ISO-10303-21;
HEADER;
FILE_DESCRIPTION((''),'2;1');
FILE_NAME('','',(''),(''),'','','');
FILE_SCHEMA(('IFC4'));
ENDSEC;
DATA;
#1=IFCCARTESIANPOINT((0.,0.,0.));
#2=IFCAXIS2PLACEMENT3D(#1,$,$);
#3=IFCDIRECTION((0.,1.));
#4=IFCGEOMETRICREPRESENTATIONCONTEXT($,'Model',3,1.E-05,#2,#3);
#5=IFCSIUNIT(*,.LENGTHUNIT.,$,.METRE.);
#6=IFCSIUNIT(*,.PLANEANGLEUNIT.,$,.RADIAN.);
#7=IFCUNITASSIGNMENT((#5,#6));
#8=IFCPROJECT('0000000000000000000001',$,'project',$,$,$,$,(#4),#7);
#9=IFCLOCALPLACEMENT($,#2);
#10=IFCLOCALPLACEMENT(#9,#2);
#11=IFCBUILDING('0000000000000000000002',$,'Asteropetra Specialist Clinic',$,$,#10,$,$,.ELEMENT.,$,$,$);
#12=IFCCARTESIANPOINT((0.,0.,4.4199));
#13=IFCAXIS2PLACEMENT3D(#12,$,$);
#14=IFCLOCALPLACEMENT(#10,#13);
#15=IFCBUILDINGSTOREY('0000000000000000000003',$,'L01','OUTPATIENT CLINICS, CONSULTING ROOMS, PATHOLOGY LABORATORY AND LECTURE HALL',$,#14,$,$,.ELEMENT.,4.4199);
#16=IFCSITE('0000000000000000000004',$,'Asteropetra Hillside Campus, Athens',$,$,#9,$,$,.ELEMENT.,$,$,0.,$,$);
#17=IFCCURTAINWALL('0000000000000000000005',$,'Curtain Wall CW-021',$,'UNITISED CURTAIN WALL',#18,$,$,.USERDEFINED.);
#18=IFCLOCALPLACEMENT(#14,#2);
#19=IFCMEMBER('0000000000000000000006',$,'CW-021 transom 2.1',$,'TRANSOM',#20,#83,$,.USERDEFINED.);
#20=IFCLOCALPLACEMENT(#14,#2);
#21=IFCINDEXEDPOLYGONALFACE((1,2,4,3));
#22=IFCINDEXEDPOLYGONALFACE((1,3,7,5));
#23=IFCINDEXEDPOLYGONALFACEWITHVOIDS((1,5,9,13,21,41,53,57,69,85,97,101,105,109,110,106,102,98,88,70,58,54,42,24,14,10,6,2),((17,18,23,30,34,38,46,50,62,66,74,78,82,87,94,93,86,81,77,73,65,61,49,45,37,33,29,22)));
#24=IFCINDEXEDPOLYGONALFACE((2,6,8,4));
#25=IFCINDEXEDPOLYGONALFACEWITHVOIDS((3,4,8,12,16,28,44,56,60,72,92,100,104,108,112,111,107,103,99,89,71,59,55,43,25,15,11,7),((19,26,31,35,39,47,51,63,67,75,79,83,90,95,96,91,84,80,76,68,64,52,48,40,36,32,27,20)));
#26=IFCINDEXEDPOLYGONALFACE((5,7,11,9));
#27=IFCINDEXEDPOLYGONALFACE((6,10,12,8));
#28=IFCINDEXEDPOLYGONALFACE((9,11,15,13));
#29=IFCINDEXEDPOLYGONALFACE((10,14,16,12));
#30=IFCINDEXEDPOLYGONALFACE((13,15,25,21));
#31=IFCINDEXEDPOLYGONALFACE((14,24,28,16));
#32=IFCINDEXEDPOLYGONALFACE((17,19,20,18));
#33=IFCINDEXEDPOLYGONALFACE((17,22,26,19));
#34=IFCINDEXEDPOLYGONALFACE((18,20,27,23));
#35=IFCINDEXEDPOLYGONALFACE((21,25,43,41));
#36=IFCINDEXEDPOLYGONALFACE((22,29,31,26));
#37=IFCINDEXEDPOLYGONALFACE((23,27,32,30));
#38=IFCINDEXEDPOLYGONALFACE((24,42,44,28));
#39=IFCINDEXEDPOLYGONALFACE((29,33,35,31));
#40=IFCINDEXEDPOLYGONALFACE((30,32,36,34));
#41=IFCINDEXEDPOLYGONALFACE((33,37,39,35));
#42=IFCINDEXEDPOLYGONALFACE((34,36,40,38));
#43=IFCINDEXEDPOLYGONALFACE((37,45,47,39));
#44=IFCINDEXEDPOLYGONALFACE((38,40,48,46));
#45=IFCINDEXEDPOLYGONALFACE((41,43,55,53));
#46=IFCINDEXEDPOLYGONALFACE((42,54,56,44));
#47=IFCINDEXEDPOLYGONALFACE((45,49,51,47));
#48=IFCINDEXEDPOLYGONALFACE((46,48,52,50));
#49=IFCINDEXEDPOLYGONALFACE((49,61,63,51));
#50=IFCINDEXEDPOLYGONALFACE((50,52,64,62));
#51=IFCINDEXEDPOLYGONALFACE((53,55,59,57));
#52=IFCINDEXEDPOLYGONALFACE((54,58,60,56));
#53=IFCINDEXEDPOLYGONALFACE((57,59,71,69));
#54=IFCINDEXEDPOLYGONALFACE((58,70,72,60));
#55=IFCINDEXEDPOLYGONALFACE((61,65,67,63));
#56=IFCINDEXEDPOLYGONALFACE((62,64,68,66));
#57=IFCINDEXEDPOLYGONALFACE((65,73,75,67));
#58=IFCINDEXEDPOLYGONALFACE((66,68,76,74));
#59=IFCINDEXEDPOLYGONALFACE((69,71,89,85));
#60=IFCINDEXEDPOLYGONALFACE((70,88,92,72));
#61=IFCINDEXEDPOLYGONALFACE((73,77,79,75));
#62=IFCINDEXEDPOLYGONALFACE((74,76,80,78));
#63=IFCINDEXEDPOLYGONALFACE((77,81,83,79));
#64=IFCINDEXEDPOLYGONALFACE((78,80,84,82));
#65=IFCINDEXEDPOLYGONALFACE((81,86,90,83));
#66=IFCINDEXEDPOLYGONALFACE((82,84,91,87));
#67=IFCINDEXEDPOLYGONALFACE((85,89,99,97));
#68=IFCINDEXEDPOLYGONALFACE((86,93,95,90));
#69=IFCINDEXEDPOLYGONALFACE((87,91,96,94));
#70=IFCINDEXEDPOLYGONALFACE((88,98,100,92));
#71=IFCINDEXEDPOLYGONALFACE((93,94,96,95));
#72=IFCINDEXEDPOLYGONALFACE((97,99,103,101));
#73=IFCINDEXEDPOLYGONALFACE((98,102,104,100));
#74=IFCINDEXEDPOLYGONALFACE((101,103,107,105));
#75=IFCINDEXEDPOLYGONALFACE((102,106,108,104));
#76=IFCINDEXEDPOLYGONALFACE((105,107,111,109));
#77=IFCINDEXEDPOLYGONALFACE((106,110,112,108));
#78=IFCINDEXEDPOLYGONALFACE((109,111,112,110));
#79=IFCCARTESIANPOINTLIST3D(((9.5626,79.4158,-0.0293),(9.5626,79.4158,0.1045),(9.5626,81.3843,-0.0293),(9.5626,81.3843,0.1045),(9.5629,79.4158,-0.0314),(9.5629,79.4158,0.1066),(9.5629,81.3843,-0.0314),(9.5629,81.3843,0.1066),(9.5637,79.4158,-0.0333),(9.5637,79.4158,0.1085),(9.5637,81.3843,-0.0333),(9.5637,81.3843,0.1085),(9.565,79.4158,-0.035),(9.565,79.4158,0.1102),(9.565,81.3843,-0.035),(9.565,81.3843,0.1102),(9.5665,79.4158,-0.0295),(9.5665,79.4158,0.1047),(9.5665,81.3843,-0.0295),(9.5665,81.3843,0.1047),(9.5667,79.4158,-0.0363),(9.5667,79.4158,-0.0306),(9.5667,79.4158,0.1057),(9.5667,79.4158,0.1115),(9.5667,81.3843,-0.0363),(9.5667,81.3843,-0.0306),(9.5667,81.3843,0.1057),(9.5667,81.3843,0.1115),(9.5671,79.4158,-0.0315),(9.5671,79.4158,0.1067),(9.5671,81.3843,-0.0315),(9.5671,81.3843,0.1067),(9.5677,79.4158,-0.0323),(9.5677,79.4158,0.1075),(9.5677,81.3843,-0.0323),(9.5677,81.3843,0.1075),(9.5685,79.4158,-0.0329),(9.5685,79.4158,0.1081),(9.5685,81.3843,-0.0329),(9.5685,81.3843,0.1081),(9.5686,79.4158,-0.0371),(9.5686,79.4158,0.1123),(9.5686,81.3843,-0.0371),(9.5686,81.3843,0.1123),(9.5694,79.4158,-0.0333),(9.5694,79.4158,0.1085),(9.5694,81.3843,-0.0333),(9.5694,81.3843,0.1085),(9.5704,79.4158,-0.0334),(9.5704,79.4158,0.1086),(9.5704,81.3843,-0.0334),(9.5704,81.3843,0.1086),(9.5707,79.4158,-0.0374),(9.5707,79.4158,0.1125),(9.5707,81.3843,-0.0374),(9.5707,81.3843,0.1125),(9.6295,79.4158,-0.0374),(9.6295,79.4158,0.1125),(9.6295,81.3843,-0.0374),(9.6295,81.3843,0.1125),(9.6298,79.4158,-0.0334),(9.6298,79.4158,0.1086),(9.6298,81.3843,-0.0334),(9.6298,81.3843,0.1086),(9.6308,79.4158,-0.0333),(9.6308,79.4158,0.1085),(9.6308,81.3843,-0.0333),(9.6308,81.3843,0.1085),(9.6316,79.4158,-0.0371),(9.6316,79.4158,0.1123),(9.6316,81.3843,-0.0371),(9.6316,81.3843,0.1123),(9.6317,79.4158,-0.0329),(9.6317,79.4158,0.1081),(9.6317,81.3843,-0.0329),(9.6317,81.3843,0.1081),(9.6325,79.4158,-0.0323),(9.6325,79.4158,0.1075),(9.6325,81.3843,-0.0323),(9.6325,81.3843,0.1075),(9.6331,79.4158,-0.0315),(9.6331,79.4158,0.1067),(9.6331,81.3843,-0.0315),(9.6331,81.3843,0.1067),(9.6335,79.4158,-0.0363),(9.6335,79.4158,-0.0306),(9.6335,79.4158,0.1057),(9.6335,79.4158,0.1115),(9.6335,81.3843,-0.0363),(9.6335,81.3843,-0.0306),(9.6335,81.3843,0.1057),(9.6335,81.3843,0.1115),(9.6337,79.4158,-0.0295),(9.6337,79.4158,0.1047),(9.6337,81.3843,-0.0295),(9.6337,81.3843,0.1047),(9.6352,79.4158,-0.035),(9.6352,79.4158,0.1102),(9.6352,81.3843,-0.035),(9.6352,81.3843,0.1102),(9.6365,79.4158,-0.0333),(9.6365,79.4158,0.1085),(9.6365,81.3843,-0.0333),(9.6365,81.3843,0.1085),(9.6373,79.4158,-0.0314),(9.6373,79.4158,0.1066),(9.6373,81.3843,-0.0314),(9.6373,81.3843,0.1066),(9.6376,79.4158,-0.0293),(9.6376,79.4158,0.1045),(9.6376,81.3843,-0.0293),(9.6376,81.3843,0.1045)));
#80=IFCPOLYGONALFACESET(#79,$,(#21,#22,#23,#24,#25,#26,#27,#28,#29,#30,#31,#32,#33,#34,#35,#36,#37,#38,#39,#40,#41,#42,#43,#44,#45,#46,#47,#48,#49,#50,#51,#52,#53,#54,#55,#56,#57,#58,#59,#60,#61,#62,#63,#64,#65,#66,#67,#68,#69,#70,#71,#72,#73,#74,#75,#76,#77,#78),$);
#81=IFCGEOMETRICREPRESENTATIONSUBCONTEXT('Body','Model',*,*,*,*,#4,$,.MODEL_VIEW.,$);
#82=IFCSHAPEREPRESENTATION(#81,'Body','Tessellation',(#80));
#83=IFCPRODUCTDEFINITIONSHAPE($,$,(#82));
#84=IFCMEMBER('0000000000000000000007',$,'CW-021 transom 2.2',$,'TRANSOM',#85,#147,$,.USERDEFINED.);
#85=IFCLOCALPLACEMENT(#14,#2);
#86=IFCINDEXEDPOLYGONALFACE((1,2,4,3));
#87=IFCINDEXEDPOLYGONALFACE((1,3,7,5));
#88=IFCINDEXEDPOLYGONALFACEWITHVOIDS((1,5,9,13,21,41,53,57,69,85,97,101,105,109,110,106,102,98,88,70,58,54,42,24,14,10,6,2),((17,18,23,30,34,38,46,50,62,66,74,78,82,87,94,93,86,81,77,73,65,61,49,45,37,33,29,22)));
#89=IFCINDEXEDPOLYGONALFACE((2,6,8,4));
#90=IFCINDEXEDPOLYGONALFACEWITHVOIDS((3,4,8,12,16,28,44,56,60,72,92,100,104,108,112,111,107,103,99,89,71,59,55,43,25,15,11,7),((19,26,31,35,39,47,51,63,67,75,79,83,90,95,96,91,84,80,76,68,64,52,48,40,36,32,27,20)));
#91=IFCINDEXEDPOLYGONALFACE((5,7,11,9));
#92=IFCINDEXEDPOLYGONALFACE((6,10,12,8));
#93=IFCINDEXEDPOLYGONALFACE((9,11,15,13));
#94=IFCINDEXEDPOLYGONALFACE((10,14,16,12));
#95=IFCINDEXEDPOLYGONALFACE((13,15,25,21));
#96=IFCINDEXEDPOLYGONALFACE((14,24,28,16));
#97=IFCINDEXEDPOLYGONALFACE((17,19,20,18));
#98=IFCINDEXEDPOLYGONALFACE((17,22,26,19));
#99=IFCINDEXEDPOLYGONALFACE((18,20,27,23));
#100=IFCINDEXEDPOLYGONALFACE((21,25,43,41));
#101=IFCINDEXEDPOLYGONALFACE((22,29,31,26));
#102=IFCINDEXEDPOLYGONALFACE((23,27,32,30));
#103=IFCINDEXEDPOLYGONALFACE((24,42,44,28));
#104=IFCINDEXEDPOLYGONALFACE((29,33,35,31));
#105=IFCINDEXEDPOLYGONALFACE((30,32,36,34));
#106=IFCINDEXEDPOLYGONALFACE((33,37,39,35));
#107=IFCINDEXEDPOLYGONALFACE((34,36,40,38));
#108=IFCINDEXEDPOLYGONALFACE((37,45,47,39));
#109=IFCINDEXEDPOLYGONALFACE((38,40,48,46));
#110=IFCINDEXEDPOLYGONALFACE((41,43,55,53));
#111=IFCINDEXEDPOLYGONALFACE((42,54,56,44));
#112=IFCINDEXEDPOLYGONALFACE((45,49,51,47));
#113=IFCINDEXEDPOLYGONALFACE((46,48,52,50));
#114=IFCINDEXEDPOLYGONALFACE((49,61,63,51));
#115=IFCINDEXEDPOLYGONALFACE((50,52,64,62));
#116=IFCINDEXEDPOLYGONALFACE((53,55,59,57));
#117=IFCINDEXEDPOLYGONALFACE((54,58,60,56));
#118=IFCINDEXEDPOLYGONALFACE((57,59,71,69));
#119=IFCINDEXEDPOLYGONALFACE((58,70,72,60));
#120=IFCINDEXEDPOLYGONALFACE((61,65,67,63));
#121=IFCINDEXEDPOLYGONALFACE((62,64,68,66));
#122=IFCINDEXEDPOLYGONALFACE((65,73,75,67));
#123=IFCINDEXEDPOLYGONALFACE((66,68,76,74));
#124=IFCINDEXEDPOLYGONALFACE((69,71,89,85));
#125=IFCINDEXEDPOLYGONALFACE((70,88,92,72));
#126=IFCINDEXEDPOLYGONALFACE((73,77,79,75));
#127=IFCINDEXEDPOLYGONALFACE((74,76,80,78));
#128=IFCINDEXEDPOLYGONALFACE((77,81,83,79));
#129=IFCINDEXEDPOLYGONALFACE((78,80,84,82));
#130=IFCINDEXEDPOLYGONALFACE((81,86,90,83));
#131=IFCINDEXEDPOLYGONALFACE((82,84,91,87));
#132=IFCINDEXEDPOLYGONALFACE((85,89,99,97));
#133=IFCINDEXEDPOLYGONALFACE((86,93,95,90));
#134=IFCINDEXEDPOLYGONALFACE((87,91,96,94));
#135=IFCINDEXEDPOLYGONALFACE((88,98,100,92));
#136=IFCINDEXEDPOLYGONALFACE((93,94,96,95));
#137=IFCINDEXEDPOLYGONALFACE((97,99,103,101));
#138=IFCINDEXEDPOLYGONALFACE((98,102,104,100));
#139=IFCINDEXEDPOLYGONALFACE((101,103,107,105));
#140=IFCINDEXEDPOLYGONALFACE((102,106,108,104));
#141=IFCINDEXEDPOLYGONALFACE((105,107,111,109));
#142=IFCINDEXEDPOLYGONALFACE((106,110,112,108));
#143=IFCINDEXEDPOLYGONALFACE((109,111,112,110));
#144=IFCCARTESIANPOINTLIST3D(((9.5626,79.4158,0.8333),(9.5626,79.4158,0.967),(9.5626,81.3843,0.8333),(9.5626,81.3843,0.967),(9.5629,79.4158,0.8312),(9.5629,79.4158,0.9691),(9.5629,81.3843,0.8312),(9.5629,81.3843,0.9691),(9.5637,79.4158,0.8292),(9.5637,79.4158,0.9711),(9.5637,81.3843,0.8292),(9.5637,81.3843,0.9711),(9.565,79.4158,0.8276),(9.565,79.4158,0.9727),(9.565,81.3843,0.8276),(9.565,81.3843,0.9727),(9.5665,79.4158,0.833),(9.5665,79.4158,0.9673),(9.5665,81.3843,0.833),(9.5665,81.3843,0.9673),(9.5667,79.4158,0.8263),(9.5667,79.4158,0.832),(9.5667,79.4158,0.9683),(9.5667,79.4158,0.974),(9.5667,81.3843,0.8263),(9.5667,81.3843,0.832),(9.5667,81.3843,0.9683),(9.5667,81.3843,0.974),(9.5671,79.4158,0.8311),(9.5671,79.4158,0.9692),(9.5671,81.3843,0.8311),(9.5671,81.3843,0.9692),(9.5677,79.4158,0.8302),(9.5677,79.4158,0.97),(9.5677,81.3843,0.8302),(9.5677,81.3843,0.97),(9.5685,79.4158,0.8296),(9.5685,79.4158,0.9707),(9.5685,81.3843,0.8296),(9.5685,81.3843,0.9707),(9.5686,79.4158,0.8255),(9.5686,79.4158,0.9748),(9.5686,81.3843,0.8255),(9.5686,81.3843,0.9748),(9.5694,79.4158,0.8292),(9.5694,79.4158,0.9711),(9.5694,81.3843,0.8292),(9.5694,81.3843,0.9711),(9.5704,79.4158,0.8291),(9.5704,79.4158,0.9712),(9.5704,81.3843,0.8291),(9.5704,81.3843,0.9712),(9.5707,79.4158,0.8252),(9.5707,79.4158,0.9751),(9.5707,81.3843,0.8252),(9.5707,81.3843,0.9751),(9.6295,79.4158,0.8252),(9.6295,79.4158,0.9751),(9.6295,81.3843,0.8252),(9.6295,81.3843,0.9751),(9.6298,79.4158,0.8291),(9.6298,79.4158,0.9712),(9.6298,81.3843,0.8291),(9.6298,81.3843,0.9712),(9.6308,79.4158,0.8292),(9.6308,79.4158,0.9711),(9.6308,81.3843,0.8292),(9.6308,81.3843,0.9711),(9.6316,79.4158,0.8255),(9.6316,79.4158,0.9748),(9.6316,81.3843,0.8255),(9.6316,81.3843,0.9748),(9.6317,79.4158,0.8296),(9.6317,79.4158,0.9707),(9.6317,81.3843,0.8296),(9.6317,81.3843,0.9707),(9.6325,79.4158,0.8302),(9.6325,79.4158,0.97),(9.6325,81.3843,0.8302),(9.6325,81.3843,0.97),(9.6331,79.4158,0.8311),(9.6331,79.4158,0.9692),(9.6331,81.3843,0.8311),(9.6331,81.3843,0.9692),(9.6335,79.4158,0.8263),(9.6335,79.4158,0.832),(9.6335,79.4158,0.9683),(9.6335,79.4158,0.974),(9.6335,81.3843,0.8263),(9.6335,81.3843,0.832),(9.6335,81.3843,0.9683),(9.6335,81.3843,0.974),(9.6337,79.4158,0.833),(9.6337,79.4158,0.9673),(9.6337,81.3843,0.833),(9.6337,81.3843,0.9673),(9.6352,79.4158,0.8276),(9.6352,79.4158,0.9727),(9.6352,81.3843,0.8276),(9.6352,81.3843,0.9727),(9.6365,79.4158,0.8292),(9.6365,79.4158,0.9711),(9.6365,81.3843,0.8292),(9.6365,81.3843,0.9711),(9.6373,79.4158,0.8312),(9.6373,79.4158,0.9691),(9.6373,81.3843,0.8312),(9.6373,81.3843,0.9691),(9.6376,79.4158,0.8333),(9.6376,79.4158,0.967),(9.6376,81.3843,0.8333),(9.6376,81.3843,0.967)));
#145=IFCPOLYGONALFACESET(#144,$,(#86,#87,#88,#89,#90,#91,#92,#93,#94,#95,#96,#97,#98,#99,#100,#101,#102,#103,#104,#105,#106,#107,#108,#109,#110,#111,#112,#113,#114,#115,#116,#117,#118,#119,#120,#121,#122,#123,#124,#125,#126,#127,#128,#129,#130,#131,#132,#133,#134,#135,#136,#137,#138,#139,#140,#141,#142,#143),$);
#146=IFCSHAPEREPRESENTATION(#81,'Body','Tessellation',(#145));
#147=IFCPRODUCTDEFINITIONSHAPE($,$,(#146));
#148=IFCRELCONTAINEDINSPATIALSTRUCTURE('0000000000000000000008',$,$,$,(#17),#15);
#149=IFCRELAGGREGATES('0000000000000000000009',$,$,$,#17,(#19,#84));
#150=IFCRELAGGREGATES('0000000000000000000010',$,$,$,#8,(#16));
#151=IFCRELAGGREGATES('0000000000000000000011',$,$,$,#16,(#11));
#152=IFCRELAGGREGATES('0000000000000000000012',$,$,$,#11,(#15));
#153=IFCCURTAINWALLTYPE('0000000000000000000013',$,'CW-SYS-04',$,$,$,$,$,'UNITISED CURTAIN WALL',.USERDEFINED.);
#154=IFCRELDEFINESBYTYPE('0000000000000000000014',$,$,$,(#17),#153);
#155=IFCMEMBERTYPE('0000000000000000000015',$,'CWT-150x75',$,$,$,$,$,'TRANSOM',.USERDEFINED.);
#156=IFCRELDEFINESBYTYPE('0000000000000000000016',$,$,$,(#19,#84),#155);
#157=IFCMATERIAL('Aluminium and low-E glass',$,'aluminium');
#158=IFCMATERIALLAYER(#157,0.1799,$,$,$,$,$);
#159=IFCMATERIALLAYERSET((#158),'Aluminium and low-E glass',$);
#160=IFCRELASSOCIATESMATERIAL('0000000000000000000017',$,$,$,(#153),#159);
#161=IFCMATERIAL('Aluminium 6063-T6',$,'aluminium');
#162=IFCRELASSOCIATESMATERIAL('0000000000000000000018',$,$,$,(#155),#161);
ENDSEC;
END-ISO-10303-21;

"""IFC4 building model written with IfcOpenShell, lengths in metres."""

from ifc_helpers import new_model, si_unit, direction, frame, origin, origin_2d, place, context, subcontext, project, spatial, hollow_rectangle, extrude, material, layer, layer_set, material_profile, profile_set, type_object, element, aggregate, save


model = new_model("IFC4")

# Units and contexts
model_context = context("Model", 3, precision=1e-05, world=origin(), true_north=direction((0.0, 1.0)))
body_context = subcontext(model_context, "Body", "Model", "MODEL_VIEW")
ifc_project = project(units=[si_unit("LENGTHUNIT", "METRE"), si_unit("PLANEANGLEUNIT", "RADIAN")], contexts=[model_context])

# Site, building, storey
site_placement = place(None, origin())
site = spatial("IfcSite", under=ifc_project, at=site_placement, Name="Asteropetra Hillside Campus, Athens", CompositionType="ELEMENT", RefElevation=0.0)
building_placement = place(site_placement, origin())
building = spatial("IfcBuilding", under=site, at=building_placement, Name="Asteropetra Specialist Clinic", CompositionType="ELEMENT")
storey_placement = place(building_placement, frame((0.0, 0.0, 4.4199)))
storey = spatial("IfcBuildingStorey", under=building, at=storey_placement, Name="L01", Description="OUTPATIENT CLINICS, CONSULTING ROOMS, PATHOLOGY LABORATORY AND LECTURE HALL", CompositionType="ELEMENT", Elevation=4.4199)

# Curtain wall
ifc_material_1 = material(Name="Aluminium and low-E glass", Category="aluminium")
ifc_layer_1 = layer(ifc_material_1, 0.1799)
ifc_layer_set_1 = layer_set([ifc_layer_1], Name="Aluminium and low-E glass")
curtain_wall_type_1 = type_object("IfcCurtainWallType", Name="CW-SYS-04", ElementType="UNITISED CURTAIN WALL", PredefinedType="USERDEFINED", material=ifc_layer_set_1)
curtain_wall_1_placement = place(storey_placement, origin())
curtain_wall_1 = element("IfcCurtainWall", 1, at=curtain_wall_1_placement, inside=storey, type_object=curtain_wall_type_1, Name="Curtain Wall CW-021", ObjectType="UNITISED CURTAIN WALL", PredefinedType="USERDEFINED")

# Members
ifc_material_2 = material(Name="Aluminium 6063-T6", Category="aluminium")
ifc_material_profile_1 = material_profile(ifc_material_2, hollow_rectangle(XDim=0.075, YDim=0.1499, WallThickness=0.0039, InnerFilletRadius=0.0039, OuterFilletRadius=0.0081, at=origin_2d()), Name="TRN 150x75x4.0")
ifc_profile_set_1 = profile_set([ifc_material_profile_1], Name="Aluminium 6063-T6")
member_type_1 = type_object("IfcMemberType", Name="CWT-150x75", ElementType="TRANSOM", PredefinedType="USERDEFINED", material=ifc_profile_set_1)
member_1_placement = place(storey_placement, frame((9.6001, 81.3843, 0.0376), z_axis=(0.0, -1.0, 0.0), x_axis=(1.0, 0.0, 0.0)))
member_1 = element("IfcMember", 2, at=member_1_placement, type_object=member_type_1, Name="CW-021 transom 2.1", ObjectType="TRANSOM", PredefinedType="USERDEFINED", context=body_context, shape_type="SweptSolid", body=[
    extrude(hollow_rectangle(XDim=0.075, YDim=0.1499, WallThickness=0.0039, InnerFilletRadius=0.0039, OuterFilletRadius=0.0081, at=origin_2d()), origin(), (0.0, 0.0, 1.0), 1.9685),
])
member_2_placement = place(storey_placement, frame((9.6001, 81.3843, 0.9001), z_axis=(0.0, -1.0, 0.0), x_axis=(1.0, 0.0, 0.0)))
member_2 = element("IfcMember", 3, at=member_2_placement, type_object=member_type_1, Name="CW-021 transom 2.2", ObjectType="TRANSOM", PredefinedType="USERDEFINED", context=body_context, shape_type="SweptSolid", body=[
    extrude(hollow_rectangle(XDim=0.075, YDim=0.1499, WallThickness=0.0039, InnerFilletRadius=0.0039, OuterFilletRadius=0.0081, at=origin_2d()), origin(), (0.0, 0.0, 1.0), 1.9685),
])

aggregate(curtain_wall_1, [member_1, member_2])

save(model, "model.ifc")
